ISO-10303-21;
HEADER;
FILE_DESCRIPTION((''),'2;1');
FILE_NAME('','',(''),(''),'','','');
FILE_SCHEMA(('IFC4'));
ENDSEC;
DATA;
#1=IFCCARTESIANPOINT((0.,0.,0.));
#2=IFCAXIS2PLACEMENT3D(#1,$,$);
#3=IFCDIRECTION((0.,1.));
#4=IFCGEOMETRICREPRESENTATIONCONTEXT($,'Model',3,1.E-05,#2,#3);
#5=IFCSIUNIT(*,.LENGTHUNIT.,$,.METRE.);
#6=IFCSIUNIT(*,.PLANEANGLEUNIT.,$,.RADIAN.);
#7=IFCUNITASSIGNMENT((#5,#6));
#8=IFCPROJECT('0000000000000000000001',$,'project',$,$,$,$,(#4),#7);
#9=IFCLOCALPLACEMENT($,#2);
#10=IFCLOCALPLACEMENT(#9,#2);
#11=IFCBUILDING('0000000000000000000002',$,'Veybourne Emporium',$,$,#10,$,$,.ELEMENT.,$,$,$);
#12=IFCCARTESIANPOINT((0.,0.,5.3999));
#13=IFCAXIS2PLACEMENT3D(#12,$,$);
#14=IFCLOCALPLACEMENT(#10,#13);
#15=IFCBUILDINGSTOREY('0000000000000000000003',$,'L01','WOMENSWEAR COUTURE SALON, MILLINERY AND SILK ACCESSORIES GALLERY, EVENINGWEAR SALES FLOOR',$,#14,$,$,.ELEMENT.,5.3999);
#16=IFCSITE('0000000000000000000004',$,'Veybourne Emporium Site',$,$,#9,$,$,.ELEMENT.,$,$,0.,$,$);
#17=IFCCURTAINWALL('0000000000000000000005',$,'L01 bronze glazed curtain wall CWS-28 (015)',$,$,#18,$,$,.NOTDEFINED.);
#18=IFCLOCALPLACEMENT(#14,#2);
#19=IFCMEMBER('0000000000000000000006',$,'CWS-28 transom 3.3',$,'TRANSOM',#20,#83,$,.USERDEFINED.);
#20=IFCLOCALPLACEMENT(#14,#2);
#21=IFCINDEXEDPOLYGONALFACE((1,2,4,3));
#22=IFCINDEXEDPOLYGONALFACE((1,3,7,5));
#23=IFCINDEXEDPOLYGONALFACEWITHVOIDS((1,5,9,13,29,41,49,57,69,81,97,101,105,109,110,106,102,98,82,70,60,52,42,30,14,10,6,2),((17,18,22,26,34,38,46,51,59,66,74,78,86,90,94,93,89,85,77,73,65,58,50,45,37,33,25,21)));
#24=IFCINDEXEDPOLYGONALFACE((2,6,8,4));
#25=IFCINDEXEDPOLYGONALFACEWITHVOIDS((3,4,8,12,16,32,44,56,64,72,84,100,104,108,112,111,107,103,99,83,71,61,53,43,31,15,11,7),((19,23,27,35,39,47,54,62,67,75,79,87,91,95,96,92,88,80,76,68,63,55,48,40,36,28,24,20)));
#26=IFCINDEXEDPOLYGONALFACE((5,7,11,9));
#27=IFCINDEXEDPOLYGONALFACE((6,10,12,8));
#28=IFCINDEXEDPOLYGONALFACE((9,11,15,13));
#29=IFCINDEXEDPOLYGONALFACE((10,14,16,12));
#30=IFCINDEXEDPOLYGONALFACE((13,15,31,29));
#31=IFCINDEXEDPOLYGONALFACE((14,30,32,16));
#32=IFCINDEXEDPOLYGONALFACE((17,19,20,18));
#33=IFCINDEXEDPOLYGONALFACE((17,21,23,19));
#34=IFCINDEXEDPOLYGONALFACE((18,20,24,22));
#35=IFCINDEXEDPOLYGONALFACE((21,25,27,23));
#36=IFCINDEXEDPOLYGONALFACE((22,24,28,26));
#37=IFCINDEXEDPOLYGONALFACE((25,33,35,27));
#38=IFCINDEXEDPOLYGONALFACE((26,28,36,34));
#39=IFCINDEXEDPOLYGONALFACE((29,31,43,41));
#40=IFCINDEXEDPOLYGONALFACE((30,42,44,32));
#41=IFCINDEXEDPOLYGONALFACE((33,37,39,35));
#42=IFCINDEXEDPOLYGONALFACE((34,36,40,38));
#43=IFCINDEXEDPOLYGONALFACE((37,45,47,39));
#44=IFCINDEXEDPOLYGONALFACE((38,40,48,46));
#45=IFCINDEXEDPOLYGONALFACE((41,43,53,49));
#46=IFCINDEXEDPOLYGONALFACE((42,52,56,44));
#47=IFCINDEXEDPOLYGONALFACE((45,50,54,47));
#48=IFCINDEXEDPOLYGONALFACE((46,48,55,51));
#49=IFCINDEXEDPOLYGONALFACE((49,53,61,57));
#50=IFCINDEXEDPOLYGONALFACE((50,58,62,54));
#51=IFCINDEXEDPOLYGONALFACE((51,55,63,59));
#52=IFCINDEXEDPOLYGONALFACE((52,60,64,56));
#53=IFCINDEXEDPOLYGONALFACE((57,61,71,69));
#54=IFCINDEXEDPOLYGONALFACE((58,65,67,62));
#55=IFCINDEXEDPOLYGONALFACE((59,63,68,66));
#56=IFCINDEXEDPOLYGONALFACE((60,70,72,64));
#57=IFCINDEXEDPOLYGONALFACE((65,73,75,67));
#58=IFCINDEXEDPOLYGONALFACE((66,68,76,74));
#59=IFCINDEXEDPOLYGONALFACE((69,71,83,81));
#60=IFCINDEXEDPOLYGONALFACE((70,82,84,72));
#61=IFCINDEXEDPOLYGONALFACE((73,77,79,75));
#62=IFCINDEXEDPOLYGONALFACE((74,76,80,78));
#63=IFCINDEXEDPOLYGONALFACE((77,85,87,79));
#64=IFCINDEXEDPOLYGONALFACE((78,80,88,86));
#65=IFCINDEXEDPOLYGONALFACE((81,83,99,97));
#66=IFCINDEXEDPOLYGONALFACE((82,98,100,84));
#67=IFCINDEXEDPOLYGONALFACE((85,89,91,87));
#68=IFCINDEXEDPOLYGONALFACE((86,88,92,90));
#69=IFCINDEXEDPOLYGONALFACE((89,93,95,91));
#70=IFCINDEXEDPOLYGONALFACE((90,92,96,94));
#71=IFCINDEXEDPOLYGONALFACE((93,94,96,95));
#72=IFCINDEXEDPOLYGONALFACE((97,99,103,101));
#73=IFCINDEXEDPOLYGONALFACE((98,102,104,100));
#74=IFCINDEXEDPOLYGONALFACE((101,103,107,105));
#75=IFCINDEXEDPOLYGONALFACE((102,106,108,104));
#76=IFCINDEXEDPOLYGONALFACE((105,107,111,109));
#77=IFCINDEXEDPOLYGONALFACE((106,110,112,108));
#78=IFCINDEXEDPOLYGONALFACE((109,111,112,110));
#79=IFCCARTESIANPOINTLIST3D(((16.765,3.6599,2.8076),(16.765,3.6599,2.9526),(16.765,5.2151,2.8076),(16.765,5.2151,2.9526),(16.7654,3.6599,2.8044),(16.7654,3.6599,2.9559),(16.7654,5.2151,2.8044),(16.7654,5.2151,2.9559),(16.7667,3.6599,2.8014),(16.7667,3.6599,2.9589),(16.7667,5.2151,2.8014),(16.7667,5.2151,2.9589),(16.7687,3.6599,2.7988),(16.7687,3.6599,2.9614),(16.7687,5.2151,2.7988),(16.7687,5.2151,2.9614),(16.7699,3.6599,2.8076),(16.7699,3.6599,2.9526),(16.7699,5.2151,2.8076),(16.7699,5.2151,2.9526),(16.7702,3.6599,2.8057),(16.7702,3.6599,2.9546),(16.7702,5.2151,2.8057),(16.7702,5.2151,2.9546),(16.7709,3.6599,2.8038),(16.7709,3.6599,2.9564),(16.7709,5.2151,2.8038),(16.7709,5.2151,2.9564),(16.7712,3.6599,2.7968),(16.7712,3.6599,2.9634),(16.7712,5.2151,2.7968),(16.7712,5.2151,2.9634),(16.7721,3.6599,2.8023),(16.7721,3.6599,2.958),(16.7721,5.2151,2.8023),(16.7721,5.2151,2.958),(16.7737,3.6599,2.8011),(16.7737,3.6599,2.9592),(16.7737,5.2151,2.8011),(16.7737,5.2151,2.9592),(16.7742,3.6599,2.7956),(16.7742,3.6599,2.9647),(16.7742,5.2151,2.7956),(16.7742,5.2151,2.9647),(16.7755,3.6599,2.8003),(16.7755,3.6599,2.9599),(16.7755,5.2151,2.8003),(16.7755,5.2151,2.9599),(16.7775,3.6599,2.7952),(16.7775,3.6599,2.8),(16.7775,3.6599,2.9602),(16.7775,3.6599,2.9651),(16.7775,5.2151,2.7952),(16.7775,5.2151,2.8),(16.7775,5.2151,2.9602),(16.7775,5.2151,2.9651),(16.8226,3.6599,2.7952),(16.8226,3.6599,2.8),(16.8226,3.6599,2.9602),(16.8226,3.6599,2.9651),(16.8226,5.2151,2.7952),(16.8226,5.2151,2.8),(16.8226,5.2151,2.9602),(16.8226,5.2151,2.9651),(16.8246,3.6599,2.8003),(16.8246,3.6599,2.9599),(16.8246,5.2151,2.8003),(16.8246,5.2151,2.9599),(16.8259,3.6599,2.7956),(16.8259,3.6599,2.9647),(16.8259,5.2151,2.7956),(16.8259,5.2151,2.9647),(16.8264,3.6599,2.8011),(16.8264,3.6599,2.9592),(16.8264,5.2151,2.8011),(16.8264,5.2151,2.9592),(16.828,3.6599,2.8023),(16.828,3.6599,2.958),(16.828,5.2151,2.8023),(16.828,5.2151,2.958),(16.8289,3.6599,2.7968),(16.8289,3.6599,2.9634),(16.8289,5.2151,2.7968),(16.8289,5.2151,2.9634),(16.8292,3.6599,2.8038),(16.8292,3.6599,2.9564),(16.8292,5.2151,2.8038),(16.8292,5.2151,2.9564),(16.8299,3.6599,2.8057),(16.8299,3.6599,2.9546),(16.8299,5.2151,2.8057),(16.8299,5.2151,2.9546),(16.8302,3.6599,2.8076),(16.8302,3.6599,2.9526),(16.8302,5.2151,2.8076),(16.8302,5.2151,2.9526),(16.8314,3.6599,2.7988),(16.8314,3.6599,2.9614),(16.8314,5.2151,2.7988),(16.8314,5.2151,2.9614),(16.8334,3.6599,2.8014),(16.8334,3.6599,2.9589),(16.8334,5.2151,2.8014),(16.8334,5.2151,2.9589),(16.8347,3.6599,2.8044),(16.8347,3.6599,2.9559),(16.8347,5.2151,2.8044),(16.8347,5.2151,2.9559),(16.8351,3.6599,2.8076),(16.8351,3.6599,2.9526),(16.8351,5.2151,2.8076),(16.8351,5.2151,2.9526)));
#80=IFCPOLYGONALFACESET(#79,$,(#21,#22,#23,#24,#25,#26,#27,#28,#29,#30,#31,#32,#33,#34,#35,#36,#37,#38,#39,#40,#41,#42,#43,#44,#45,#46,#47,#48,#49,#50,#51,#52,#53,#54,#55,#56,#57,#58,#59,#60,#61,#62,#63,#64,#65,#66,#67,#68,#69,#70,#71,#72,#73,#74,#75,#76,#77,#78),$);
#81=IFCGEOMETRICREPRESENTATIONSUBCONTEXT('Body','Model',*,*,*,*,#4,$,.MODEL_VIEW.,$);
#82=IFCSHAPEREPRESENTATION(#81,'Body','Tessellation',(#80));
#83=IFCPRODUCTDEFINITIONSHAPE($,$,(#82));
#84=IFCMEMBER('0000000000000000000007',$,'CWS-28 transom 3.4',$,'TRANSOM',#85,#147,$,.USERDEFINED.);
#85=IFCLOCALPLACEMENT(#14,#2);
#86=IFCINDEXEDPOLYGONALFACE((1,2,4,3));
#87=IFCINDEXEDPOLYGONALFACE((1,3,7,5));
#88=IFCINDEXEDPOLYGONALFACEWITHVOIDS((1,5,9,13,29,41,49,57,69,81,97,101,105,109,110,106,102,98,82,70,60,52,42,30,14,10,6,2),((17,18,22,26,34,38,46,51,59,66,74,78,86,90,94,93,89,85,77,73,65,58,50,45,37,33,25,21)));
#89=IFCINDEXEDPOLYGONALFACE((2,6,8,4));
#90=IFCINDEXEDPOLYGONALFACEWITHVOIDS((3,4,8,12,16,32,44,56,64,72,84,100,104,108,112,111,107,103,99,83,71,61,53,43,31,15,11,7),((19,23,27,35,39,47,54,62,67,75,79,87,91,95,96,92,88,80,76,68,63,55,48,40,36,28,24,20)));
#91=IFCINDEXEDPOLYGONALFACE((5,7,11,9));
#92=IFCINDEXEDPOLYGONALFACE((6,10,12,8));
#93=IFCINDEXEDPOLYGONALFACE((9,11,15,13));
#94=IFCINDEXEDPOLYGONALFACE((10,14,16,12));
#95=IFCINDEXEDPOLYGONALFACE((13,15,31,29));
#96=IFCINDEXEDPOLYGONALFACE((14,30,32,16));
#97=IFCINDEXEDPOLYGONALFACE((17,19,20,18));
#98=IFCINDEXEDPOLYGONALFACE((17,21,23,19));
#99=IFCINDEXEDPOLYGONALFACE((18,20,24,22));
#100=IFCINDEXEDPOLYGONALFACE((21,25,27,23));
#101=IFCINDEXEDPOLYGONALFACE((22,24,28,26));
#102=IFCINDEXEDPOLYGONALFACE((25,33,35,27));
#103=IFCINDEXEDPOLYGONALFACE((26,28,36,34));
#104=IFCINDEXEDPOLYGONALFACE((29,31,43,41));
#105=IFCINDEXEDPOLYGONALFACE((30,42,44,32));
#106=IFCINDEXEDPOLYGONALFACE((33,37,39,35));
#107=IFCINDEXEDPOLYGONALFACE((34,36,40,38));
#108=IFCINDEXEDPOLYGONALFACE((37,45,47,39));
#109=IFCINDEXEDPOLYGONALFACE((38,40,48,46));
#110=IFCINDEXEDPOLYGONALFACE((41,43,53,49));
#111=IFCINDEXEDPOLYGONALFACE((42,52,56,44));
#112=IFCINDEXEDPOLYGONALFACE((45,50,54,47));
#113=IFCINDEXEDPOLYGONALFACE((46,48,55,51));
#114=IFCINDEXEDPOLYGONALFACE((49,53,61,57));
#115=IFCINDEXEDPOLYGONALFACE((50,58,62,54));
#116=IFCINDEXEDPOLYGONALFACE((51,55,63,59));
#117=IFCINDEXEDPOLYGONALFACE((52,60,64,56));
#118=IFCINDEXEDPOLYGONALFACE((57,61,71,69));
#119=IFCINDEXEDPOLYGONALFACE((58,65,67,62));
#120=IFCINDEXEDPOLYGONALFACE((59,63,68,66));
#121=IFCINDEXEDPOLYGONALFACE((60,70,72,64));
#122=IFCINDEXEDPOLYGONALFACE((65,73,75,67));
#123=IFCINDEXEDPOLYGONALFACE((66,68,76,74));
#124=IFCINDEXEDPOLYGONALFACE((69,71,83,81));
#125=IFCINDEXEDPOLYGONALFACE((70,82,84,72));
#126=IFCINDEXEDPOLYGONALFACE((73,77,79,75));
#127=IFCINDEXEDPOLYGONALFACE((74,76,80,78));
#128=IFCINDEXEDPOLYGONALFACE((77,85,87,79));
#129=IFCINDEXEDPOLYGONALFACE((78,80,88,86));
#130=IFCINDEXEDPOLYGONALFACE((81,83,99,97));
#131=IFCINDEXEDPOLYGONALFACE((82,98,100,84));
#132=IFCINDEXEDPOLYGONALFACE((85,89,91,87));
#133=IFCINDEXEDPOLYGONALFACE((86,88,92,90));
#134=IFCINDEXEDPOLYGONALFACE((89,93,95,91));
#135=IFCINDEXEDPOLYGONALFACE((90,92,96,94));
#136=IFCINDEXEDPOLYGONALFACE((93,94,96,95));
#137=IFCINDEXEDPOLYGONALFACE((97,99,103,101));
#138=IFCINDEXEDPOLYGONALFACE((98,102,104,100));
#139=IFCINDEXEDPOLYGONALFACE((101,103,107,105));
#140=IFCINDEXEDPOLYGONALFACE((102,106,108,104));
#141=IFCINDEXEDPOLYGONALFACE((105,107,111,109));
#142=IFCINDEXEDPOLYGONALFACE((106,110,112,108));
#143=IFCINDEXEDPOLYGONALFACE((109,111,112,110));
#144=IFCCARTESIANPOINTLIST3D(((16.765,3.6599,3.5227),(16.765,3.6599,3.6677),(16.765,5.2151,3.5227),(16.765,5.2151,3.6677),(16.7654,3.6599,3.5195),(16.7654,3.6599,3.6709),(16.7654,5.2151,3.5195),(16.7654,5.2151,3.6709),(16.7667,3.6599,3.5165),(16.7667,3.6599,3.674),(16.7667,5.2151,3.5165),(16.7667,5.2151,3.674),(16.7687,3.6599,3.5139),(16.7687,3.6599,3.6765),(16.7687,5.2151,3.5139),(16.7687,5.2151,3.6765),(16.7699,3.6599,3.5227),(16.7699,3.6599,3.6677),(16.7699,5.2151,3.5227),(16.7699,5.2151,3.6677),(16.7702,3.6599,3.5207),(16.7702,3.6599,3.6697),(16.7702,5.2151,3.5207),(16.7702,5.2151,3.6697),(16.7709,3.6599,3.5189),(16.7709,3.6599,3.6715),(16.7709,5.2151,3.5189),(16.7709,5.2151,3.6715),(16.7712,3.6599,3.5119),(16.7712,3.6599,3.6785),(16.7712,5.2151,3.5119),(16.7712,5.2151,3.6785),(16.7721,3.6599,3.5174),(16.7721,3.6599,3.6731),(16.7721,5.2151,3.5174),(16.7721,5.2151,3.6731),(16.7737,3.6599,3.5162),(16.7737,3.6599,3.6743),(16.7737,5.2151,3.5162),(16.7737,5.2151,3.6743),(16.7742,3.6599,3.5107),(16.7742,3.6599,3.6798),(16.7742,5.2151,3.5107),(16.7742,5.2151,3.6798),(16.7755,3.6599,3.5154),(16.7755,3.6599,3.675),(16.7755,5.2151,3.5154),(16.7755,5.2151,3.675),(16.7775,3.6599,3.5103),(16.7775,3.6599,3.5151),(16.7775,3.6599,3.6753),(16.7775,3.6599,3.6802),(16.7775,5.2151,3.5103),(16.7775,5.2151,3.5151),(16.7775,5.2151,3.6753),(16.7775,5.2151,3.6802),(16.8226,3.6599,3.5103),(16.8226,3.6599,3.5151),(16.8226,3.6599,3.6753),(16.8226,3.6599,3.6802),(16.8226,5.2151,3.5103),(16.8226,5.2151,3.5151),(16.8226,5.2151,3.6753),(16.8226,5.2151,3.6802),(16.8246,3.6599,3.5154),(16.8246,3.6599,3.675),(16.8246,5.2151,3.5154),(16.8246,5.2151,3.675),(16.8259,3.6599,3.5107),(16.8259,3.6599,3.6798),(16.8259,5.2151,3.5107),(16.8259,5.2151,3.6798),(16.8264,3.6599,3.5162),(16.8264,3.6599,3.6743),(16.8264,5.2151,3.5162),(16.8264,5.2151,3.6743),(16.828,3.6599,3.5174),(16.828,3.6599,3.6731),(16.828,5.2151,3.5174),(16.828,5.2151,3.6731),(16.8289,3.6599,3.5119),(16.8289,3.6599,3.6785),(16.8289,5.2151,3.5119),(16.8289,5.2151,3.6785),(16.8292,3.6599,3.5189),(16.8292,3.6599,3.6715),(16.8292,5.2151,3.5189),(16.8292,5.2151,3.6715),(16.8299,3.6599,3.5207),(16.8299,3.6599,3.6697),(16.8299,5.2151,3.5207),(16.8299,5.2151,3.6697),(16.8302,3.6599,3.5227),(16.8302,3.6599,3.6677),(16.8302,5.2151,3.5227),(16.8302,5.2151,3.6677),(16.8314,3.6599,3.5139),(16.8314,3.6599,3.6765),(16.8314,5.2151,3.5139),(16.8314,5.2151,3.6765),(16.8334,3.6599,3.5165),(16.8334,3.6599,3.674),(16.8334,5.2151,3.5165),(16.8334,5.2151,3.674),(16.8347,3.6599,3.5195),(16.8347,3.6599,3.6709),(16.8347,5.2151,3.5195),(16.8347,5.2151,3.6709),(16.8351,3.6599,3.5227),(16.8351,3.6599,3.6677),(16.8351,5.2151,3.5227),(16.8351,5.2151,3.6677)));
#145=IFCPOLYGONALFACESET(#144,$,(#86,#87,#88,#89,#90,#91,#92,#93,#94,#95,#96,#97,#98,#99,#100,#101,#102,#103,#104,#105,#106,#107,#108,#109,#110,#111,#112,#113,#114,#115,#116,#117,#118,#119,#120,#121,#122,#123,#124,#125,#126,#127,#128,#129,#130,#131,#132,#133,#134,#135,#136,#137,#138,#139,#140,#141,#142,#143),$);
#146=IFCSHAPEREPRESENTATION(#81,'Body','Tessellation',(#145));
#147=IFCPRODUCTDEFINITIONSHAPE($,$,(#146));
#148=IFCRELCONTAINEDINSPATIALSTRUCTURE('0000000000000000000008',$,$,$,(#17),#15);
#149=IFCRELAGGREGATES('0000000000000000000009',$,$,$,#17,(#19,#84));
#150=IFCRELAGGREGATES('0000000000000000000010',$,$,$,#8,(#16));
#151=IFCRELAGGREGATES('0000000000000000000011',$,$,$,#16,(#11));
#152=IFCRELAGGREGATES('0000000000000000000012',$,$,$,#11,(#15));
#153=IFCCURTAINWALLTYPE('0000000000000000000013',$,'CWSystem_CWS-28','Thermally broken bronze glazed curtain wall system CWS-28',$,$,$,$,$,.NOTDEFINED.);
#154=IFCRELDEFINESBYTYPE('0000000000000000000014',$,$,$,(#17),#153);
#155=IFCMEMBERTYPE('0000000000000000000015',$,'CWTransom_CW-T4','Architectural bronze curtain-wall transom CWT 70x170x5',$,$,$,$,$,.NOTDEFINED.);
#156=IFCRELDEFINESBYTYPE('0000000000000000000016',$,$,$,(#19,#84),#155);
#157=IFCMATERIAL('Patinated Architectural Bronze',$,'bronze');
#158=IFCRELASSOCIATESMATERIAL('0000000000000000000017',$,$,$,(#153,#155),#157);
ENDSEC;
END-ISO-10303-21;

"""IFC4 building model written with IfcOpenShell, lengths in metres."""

from ifc_helpers import new_model, si_unit, direction, frame, origin, origin_2d, place, context, subcontext, project, spatial, hollow_rectangle, extrude, material, material_profile, profile_set, type_object, element, aggregate, save


model = new_model("IFC4")

# Units and contexts
model_context = context("Model", 3, precision=1e-05, world=origin(), true_north=direction((0.0, 1.0)))
body_context = subcontext(model_context, "Body", "Model", "MODEL_VIEW")
ifc_project = project(units=[si_unit("LENGTHUNIT", "METRE"), si_unit("PLANEANGLEUNIT", "RADIAN")], contexts=[model_context])

# Site, building, storey
site_placement = place(None, origin())
site = spatial("IfcSite", under=ifc_project, at=site_placement, Name="Veybourne Emporium Site", CompositionType="ELEMENT", RefElevation=0.0)
building_placement = place(site_placement, origin())
building = spatial("IfcBuilding", under=site, at=building_placement, Name="Veybourne Emporium", CompositionType="ELEMENT")
storey_placement = place(building_placement, frame((0.0, 0.0, 5.3999)))
storey = spatial("IfcBuildingStorey", under=building, at=storey_placement, Name="L01", Description="WOMENSWEAR COUTURE SALON, MILLINERY AND SILK ACCESSORIES GALLERY, EVENINGWEAR SALES FLOOR", CompositionType="ELEMENT", Elevation=5.3999)

# Curtain wall, members
ifc_material_1 = material(Name="Patinated Architectural Bronze", Category="bronze")
curtain_wall_type = type_object("IfcCurtainWallType", Name="CWSystem_CWS-28", Description="Thermally broken bronze glazed curtain wall system CWS-28", PredefinedType="NOTDEFINED", material=ifc_material_1)
curtain_wall_placement = place(storey_placement, origin())
curtain_wall = element("IfcCurtainWall", 1, at=curtain_wall_placement, inside=storey, type_object=curtain_wall_type, Name="L01 bronze glazed curtain wall CWS-28 (015)", PredefinedType="NOTDEFINED")
ifc_material_profile_1 = material_profile(ifc_material_1, hollow_rectangle(XDim=0.0701, YDim=0.1699, WallThickness=0.0049, InnerFilletRadius=0.0076, OuterFilletRadius=0.0125, at=origin_2d()), Name="CWT 70x170x5")
ifc_profile_set_1 = profile_set([ifc_material_profile_1], Name="Patinated Architectural Bronze")
member_type_1 = type_object("IfcMemberType", Name="CWTransom_CW-T4", Description="Architectural bronze curtain-wall transom CWT 70x170x5", PredefinedType="NOTDEFINED", material=ifc_profile_set_1)
member_1_placement = place(storey_placement, frame((16.8, 3.6599, 2.8801), z_axis=(0.0, 1.0, 0.0), x_axis=(-1.0, 0.0, 0.0)))
member_1 = element("IfcMember", 2, at=member_1_placement, type_object=member_type_1, Name="CWS-28 transom 3.3", ObjectType="TRANSOM", PredefinedType="USERDEFINED", context=body_context, shape_type="SweptSolid", body=[
    extrude(hollow_rectangle(XDim=0.0701, YDim=0.1699, WallThickness=0.0049, InnerFilletRadius=0.0076, OuterFilletRadius=0.0125, at=origin_2d()), origin(), (0.0, 0.0, 1.0), 1.5552),
])
member_2_placement = place(storey_placement, frame((16.8, 3.6599, 3.5952), z_axis=(0.0, 1.0, 0.0), x_axis=(-1.0, 0.0, 0.0)))
member_2 = element("IfcMember", 3, at=member_2_placement, type_object=member_type_1, Name="CWS-28 transom 3.4", ObjectType="TRANSOM", PredefinedType="USERDEFINED", context=body_context, shape_type="SweptSolid", body=[
    extrude(hollow_rectangle(XDim=0.0701, YDim=0.1699, WallThickness=0.0049, InnerFilletRadius=0.0076, OuterFilletRadius=0.0125, at=origin_2d()), origin(), (0.0, 0.0, 1.0), 1.5552),
])

aggregate(curtain_wall, [member_1, member_2])

save(model, "model.ifc")
